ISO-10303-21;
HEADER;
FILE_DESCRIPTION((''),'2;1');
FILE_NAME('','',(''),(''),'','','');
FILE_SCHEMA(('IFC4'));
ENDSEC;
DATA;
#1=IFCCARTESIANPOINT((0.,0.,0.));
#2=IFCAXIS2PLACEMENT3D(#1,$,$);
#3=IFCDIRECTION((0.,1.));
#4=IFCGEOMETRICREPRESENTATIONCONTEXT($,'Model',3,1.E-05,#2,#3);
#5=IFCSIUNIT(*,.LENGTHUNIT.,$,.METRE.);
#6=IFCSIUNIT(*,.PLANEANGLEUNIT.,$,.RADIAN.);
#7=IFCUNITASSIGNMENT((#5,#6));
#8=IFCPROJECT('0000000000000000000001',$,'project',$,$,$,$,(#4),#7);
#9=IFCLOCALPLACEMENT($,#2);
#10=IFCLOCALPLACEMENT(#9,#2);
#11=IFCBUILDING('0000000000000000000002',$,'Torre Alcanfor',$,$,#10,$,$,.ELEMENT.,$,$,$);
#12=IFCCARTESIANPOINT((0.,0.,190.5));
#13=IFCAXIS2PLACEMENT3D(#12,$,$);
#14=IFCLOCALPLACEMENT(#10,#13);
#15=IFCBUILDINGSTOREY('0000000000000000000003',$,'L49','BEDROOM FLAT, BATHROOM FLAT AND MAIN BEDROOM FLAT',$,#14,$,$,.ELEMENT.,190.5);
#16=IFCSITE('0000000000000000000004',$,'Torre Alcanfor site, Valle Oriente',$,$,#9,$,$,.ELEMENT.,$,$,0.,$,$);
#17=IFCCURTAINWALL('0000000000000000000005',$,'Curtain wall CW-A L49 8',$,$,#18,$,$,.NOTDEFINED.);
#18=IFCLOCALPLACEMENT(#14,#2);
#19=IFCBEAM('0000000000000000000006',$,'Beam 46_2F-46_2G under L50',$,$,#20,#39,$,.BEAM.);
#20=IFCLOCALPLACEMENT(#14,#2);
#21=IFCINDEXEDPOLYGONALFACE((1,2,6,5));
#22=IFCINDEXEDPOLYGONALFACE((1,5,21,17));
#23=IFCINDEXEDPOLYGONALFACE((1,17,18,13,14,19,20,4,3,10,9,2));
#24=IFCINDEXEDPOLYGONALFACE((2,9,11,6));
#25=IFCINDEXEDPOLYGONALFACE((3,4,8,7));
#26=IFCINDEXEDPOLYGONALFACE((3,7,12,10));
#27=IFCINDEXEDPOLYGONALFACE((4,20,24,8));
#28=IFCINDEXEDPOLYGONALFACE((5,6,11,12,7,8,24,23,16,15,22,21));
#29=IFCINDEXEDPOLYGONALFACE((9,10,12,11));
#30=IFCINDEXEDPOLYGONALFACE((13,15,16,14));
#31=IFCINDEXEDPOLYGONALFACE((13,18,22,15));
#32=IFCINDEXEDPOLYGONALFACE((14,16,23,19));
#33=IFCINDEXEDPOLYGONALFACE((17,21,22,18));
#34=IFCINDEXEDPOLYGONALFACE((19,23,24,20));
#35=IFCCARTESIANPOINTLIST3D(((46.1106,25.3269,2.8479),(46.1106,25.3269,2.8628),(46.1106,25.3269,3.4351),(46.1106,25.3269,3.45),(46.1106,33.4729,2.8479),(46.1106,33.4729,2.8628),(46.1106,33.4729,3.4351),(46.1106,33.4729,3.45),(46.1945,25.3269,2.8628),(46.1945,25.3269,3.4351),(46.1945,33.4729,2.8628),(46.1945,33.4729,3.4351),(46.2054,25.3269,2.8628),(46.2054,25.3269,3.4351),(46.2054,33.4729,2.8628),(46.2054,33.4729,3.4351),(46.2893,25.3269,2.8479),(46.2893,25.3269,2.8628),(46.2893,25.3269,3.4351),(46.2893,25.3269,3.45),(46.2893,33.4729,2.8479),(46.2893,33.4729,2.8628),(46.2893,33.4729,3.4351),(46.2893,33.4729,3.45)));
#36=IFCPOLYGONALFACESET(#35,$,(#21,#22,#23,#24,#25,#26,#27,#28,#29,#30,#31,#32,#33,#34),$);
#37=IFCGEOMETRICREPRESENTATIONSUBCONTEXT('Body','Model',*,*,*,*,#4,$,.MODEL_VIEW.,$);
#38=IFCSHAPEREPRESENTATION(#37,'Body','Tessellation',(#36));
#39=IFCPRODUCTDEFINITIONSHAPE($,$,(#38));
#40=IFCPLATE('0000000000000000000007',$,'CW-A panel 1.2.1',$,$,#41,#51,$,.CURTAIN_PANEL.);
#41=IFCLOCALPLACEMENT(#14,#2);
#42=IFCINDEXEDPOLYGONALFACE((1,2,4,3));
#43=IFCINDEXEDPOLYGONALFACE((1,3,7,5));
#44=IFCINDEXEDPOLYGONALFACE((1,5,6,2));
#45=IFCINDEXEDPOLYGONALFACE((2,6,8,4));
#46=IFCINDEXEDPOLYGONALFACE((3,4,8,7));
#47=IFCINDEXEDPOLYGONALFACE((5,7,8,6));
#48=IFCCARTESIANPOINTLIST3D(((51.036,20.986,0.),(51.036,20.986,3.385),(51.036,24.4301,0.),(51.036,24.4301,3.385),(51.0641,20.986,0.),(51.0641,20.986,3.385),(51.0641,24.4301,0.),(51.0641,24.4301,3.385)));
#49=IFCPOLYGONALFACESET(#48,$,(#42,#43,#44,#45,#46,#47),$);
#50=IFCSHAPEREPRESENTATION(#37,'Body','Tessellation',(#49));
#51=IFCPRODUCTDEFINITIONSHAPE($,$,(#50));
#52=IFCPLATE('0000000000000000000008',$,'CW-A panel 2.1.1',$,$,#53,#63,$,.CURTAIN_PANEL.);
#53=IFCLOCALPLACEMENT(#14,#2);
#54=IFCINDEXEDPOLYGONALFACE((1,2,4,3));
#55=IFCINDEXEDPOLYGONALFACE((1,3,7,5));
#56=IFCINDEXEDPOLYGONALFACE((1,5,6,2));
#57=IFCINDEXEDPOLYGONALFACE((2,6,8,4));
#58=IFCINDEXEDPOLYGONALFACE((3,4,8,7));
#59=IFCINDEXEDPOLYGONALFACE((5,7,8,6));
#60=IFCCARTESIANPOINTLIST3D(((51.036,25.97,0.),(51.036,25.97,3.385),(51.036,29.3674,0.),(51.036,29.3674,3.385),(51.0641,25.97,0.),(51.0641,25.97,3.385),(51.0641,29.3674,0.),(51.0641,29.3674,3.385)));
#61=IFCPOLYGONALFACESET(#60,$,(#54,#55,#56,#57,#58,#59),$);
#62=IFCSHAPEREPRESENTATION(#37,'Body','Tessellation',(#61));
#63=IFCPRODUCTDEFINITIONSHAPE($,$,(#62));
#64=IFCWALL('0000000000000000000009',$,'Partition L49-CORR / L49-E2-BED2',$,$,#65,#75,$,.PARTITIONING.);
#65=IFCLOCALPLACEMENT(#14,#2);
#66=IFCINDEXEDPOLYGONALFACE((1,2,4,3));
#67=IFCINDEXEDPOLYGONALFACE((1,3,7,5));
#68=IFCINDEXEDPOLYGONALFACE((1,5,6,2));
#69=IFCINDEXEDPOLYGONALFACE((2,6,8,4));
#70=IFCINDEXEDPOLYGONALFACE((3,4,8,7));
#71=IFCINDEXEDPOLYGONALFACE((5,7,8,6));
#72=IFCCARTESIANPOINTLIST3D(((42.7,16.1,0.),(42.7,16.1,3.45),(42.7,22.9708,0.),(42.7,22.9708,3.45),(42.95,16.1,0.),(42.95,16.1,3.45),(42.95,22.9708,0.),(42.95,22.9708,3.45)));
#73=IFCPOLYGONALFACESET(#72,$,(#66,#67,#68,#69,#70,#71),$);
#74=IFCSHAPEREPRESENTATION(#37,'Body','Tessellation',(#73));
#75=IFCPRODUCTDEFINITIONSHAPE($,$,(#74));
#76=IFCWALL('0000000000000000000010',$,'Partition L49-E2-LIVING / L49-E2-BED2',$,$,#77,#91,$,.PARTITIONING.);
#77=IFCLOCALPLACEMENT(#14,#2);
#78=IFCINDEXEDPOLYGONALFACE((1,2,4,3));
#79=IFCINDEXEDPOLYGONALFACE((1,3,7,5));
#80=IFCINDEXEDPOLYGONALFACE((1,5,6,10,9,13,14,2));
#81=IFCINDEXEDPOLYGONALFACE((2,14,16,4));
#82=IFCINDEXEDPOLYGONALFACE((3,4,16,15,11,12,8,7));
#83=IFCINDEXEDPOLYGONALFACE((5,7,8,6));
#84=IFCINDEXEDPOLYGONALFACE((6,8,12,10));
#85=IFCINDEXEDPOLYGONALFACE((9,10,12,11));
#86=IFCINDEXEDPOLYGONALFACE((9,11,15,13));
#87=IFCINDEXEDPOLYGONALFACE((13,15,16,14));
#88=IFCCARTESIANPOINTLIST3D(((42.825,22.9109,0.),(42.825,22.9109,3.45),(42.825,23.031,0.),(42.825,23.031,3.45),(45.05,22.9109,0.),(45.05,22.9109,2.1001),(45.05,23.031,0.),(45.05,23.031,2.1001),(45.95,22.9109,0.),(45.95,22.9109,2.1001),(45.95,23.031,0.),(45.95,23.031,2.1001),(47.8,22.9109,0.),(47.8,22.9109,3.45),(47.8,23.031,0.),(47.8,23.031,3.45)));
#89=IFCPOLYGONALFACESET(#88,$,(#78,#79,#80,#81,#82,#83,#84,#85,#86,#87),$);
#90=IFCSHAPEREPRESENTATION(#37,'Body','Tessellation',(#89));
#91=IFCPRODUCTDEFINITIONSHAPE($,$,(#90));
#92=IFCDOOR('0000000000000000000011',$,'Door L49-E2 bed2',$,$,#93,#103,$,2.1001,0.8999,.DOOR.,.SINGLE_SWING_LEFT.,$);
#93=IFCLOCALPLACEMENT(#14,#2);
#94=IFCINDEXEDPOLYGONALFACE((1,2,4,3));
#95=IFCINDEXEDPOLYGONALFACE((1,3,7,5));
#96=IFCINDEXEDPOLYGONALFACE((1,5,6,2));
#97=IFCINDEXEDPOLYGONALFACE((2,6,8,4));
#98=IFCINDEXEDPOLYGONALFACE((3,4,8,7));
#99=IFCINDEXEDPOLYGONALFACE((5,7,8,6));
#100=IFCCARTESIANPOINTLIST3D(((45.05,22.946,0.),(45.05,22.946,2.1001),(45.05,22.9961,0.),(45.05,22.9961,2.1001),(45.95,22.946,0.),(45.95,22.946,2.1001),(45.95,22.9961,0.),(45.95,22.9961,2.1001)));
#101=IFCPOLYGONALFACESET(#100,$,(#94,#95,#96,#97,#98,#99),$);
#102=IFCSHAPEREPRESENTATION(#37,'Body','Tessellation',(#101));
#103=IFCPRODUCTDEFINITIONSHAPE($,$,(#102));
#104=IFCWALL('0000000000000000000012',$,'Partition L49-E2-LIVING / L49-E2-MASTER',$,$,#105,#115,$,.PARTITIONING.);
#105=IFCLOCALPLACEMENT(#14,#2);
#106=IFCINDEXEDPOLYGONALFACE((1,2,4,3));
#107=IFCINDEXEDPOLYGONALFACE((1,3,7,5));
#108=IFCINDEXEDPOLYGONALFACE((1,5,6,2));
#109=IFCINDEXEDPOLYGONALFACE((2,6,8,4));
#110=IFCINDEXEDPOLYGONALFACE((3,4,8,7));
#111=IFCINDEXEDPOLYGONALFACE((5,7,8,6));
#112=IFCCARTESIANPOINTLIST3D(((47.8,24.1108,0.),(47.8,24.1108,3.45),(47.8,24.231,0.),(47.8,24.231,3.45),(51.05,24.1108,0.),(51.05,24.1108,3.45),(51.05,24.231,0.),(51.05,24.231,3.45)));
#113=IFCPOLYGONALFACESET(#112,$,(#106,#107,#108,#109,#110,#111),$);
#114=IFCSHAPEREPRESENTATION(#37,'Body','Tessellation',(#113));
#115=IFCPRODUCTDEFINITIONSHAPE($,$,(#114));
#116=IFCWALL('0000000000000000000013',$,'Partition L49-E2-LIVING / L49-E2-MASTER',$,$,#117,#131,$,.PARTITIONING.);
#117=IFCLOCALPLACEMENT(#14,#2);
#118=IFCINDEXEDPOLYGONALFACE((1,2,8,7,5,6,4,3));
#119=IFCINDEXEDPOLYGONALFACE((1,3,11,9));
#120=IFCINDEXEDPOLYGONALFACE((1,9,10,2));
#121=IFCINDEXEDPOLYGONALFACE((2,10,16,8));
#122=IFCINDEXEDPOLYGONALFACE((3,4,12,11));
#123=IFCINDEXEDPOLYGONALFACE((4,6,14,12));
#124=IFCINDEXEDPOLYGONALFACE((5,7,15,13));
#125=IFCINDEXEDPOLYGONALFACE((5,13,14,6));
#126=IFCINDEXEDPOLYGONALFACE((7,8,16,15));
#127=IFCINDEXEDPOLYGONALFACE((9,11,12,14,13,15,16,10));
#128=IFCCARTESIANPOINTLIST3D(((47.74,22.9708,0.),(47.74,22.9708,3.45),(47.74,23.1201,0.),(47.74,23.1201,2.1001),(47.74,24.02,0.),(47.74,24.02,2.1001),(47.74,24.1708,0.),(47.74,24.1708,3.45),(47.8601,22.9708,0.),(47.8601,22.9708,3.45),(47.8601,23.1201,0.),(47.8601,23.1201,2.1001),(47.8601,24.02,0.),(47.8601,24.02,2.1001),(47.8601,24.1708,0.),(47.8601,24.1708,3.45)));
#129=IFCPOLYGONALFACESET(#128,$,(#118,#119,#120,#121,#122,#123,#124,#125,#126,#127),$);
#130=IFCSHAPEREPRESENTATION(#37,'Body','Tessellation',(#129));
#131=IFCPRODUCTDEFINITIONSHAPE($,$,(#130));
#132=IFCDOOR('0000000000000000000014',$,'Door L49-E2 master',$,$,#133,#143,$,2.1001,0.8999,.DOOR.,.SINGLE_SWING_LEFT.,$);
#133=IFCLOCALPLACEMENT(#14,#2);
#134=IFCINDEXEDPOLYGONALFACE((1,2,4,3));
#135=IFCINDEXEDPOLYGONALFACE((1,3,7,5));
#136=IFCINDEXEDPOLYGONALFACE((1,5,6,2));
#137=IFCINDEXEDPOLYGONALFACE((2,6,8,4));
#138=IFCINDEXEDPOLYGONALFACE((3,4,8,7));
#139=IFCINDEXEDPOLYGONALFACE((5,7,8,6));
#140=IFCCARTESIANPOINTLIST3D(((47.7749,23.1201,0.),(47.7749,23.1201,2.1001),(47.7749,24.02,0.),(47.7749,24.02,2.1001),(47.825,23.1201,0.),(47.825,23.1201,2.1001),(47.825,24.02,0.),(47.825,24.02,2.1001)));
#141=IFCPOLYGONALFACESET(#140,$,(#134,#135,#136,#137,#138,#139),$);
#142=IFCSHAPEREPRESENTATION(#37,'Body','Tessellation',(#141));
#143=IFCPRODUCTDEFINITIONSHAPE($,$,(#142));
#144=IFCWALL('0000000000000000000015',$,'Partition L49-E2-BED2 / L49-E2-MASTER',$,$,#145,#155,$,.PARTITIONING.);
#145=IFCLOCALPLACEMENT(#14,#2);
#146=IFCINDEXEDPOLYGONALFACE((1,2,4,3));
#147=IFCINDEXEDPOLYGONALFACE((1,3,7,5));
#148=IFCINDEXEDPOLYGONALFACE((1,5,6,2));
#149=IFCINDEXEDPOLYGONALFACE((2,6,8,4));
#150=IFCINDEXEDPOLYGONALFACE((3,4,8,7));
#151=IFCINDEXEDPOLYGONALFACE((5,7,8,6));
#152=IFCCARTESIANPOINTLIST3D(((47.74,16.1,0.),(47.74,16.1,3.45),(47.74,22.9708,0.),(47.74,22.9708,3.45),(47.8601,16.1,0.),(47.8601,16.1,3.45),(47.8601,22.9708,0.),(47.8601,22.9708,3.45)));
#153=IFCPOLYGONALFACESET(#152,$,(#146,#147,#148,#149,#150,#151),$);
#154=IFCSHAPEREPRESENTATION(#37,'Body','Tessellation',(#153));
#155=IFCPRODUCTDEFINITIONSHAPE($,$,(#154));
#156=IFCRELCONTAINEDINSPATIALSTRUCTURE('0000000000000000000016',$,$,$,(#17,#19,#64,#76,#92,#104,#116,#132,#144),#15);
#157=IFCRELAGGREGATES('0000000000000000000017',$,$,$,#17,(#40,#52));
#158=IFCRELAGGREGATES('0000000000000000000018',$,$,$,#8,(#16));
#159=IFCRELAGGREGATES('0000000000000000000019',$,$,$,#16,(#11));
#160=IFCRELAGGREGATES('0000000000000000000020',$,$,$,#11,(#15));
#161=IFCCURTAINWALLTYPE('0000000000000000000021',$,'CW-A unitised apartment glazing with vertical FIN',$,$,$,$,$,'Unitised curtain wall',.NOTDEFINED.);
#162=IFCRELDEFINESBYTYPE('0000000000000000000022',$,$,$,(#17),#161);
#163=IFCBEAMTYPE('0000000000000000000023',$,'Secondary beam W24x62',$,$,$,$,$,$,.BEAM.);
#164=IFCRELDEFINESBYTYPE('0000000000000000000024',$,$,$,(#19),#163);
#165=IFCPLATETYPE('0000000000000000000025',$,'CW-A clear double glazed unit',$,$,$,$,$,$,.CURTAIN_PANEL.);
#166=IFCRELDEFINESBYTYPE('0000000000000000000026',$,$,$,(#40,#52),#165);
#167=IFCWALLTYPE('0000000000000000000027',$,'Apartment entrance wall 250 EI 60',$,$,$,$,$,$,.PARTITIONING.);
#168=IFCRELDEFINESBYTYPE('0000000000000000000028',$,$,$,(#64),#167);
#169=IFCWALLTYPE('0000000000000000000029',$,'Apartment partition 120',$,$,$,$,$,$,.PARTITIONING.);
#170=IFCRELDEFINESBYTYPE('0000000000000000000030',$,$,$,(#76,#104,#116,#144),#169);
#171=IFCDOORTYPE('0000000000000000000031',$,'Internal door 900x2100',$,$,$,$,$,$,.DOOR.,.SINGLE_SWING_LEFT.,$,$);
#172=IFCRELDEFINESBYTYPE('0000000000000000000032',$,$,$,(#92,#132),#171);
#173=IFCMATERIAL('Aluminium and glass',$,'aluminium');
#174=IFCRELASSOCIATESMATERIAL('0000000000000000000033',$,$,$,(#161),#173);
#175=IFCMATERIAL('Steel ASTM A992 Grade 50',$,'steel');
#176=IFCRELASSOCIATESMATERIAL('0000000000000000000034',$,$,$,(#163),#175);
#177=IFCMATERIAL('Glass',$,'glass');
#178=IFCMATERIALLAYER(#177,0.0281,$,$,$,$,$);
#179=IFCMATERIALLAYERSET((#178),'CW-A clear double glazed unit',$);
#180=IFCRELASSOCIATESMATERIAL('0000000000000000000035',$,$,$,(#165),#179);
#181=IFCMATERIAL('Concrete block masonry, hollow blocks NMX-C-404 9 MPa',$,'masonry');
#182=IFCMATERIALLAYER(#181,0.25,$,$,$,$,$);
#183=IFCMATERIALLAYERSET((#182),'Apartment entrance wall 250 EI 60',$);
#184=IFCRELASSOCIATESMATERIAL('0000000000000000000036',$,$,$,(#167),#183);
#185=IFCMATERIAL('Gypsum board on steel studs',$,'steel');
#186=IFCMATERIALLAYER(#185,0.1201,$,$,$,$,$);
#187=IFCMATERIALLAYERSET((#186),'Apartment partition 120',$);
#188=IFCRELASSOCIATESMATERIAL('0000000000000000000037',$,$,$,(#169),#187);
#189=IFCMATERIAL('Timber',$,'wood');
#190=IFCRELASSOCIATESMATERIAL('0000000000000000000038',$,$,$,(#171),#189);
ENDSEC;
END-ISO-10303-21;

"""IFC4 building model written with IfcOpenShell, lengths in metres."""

from ifc_helpers import new_model, si_unit, direction, frame, frame_2d, origin, origin_2d, place, context, subcontext, project, spatial, rectangle, i_section, extrude, material, layer, layer_set, material_profile, profile_set, type_object, element, fill, aggregate, save


model = new_model("IFC4")

# Units and contexts
model_context = context("Model", 3, precision=1e-05, world=origin(), true_north=direction((0.0, 1.0)))
body_context = subcontext(model_context, "Body", "Model", "MODEL_VIEW")
ifc_project = project(units=[si_unit("LENGTHUNIT", "METRE"), si_unit("PLANEANGLEUNIT", "RADIAN")], contexts=[model_context])

# Site, building, storey
site_placement = place(None, origin())
site = spatial("IfcSite", under=ifc_project, at=site_placement, Name="Torre Alcanfor site, Valle Oriente", CompositionType="ELEMENT", RefElevation=0.0)
building_placement = place(site_placement, origin())
building = spatial("IfcBuilding", under=site, at=building_placement, Name="Torre Alcanfor", CompositionType="ELEMENT")
storey_placement = place(building_placement, frame((0.0, 0.0, 190.5)))
storey = spatial("IfcBuildingStorey", under=building, at=storey_placement, Name="L49", Description="BEDROOM FLAT, BATHROOM FLAT AND MAIN BEDROOM FLAT", CompositionType="ELEMENT", Elevation=190.5)

# Curtain wall
ifc_material_1 = material(Name="Aluminium and glass", Category="aluminium")
curtain_wall_type = type_object("IfcCurtainWallType", Name="CW-A unitised apartment glazing with vertical FIN", ElementType="Unitised curtain wall", PredefinedType="NOTDEFINED", material=ifc_material_1)
curtain_wall_placement = place(storey_placement, origin())
curtain_wall = element("IfcCurtainWall", 1, at=curtain_wall_placement, inside=storey, type_object=curtain_wall_type, Name="Curtain wall CW-A L49 8", PredefinedType="NOTDEFINED")

# Beam
ifc_material_2 = material(Name="Steel ASTM A992 Grade 50", Category="steel")
ifc_material_profile_1 = material_profile(ifc_material_2, i_section(OverallWidth=0.1787, OverallDepth=0.6021, WebThickness=0.011, FlangeThickness=0.0149, at=origin_2d()), Name="W24x62")
ifc_profile_set_1 = profile_set([ifc_material_profile_1], Name="Steel ASTM A992 Grade 50")
beam_type_1 = type_object("IfcBeamType", Name="Secondary beam W24x62", PredefinedType="BEAM", material=ifc_profile_set_1)
beam_1_placement = place(storey_placement, frame((46.2, 25.3269, 3.1489), z_axis=(0.0, 1.0, 0.0), x_axis=(-1.0, 0.0, 0.0)))
element("IfcBeam", 2, at=beam_1_placement, inside=storey, type_object=beam_type_1, Name="Beam 46_2F-46_2G under L50", PredefinedType="BEAM", context=body_context, shape_type="SweptSolid", body=[
    extrude(i_section(OverallWidth=0.1787, OverallDepth=0.6021, WebThickness=0.011, FlangeThickness=0.0149, at=origin_2d()), origin(), (0.0, 0.0, 1.0), 8.146),
])

# Plates
ifc_material_3 = material(Name="Glass", Category="glass")
ifc_layer_1 = layer(ifc_material_3, 0.0281)
ifc_layer_set_1 = layer_set([ifc_layer_1], Name="CW-A clear double glazed unit")
plate_type = type_object("IfcPlateType", Name="CW-A clear double glazed unit", PredefinedType="CURTAIN_PANEL", material=ifc_layer_set_1)
plate_1_placement = place(storey_placement, frame((51.05, 22.708, 0.0), z_axis=(0.0, 0.0, 1.0), x_axis=(0.0, 1.0, 0.0)))
plate_1 = element("IfcPlate", 3, at=plate_1_placement, type_object=plate_type, Name="CW-A panel 1.2.1", PredefinedType="CURTAIN_PANEL", context=body_context, shape_type="SweptSolid", body=[
    extrude(rectangle(XDim=3.4441, YDim=0.0281, at=origin_2d()), origin(), (0.0, 0.0, 1.0), 3.385),
])
plate_2_placement = place(storey_placement, frame((51.05, 27.6687, 0.0), z_axis=(0.0, 0.0, 1.0), x_axis=(0.0, 1.0, 0.0)))
plate_2 = element("IfcPlate", 4, at=plate_2_placement, type_object=plate_type, Name="CW-A panel 2.1.1", PredefinedType="CURTAIN_PANEL", context=body_context, shape_type="SweptSolid", body=[
    extrude(rectangle(XDim=3.3975, YDim=0.0281, at=origin_2d()), origin(), (0.0, 0.0, 1.0), 3.385),
])
aggregate(curtain_wall, [plate_1, plate_2])

# Wall
ifc_material_4 = material(Name="Concrete block masonry, hollow blocks NMX-C-404 9 MPa", Category="masonry")
ifc_layer_2 = layer(ifc_material_4, 0.25)
ifc_layer_set_2 = layer_set([ifc_layer_2], Name="Apartment entrance wall 250 EI 60")
wall_type_1 = type_object("IfcWallType", Name="Apartment entrance wall 250 EI 60", PredefinedType="PARTITIONING", material=ifc_layer_set_2)
wall_1_placement = place(storey_placement, frame((42.825, 22.9709, 0.0), z_axis=(0.0, 0.0, 1.0), x_axis=(0.0, -1.0, 0.0)))
element("IfcWall", 5, at=wall_1_placement, inside=storey, type_object=wall_type_1, Name="Partition L49-CORR / L49-E2-BED2", PredefinedType="PARTITIONING", context=body_context, shape_type="SweptSolid", body=[
    extrude(rectangle(XDim=6.8708, YDim=0.25, at=frame_2d((3.4355, 0.0))), origin(), (0.0, 0.0, 1.0), 3.45),
])

# Wall, opening, door
ifc_material_5 = material(Name="Gypsum board on steel studs", Category="steel")
ifc_layer_3 = layer(ifc_material_5, 0.1201)
ifc_layer_set_3 = layer_set([ifc_layer_3], Name="Apartment partition 120")
wall_type_2 = type_object("IfcWallType", Name="Apartment partition 120", PredefinedType="PARTITIONING", material=ifc_layer_set_3)
wall_2_placement = place(storey_placement, frame((47.8, 22.9709, 0.0), z_axis=(0.0, 0.0, 1.0), x_axis=(-1.0, 0.0, 0.0)))
wall_2 = element("IfcWall", 6, at=wall_2_placement, inside=storey, type_object=wall_type_2, Name="Partition L49-E2-LIVING / L49-E2-BED2", PredefinedType="PARTITIONING", context=body_context, shape_type="SweptSolid", body=[
    extrude(rectangle(XDim=4.9751, YDim=0.1201, at=frame_2d((2.4875, 0.0))), origin(), (0.0, 0.0, 1.0), 3.45),
])
opening_1_placement = place(wall_2_placement, frame((1.8501, 0.0, 0.0)))
opening_1 = element("IfcOpeningElement", 7, at=opening_1_placement, cuts=wall_2, PredefinedType="OPENING", context=body_context, shape_type="SweptSolid", body=[
    extrude(rectangle(XDim=0.8999, YDim=2.1001, at=frame_2d((0.45, 1.05))), frame((0.0, 0.0701, 0.0), z_axis=(0.0, -1.0, 0.0), x_axis=(1.0, 0.0, 0.0)), (0.0, 0.0, 1.0), 0.1401),
])
ifc_material_6 = material(Name="Timber", Category="wood")
door_type_1 = type_object("IfcDoorType", Name="Internal door 900x2100", OperationType="SINGLE_SWING_LEFT", PredefinedType="DOOR", material=ifc_material_6)
door_1_placement = place(opening_1_placement, origin())
door_1 = element("IfcDoor", 8, at=door_1_placement, inside=storey, type_object=door_type_1, Name="Door L49-E2 bed2", OperationType="SINGLE_SWING_LEFT", OverallHeight=2.1001, OverallWidth=0.8999, PredefinedType="DOOR", context=body_context, shape_type="SweptSolid", body=[
    extrude(rectangle(XDim=0.8999, YDim=2.1001, at=frame_2d((0.45, 1.05))), frame((0.0, 0.0249, 0.0), z_axis=(0.0, -1.0, 0.0), x_axis=(1.0, 0.0, 0.0)), (0.0, 0.0, 1.0), 0.05),
])
fill(opening_1, door_1)

# Wall
wall_3_placement = place(storey_placement, frame((51.05, 24.1709, 0.0), z_axis=(0.0, 0.0, 1.0), x_axis=(-1.0, 0.0, 0.0)))
element("IfcWall", 9, at=wall_3_placement, inside=storey, type_object=wall_type_2, Name="Partition L49-E2-LIVING / L49-E2-MASTER", PredefinedType="PARTITIONING", context=body_context, shape_type="SweptSolid", body=[
    extrude(rectangle(XDim=3.25, YDim=0.1201, at=frame_2d((1.625, 0.0))), origin(), (0.0, 0.0, 1.0), 3.45),
])

# Wall, opening, door
wall_4_placement = place(storey_placement, frame((47.8, 24.1709, 0.0), z_axis=(0.0, 0.0, 1.0), x_axis=(0.0, -1.0, 0.0)))
wall_4 = element("IfcWall", 10, at=wall_4_placement, inside=storey, type_object=wall_type_2, Name="Partition L49-E2-LIVING / L49-E2-MASTER", PredefinedType="PARTITIONING", context=body_context, shape_type="SweptSolid", body=[
    extrude(rectangle(XDim=1.2, YDim=0.1201, at=frame_2d((0.6001, 0.0))), origin(), (0.0, 0.0, 1.0), 3.45),
])
opening_2_placement = place(wall_4_placement, frame((0.1509, 0.0, 0.0)))
opening_2 = element("IfcOpeningElement", 11, at=opening_2_placement, cuts=wall_4, PredefinedType="OPENING", context=body_context, shape_type="SweptSolid", body=[
    extrude(rectangle(XDim=0.8999, YDim=2.1001, at=frame_2d((0.45, 1.05))), frame((0.0, 0.0701, 0.0), z_axis=(0.0, -1.0, 0.0), x_axis=(1.0, 0.0, 0.0)), (0.0, 0.0, 1.0), 0.1401),
])
door_2_placement = place(opening_2_placement, origin())
door_2 = element("IfcDoor", 12, at=door_2_placement, inside=storey, type_object=door_type_1, Name="Door L49-E2 master", OperationType="SINGLE_SWING_LEFT", OverallHeight=2.1001, OverallWidth=0.8999, PredefinedType="DOOR", context=body_context, shape_type="SweptSolid", body=[
    extrude(rectangle(XDim=0.8999, YDim=2.1001, at=frame_2d((0.45, 1.05))), frame((0.0, 0.0249, 0.0), z_axis=(0.0, -1.0, 0.0), x_axis=(1.0, 0.0, 0.0)), (0.0, 0.0, 1.0), 0.05),
])
fill(opening_2, door_2)

# Wall
wall_5_placement = place(storey_placement, frame((47.8, 22.9709, 0.0), z_axis=(0.0, 0.0, 1.0), x_axis=(0.0, -1.0, 0.0)))
element("IfcWall", 13, at=wall_5_placement, inside=storey, type_object=wall_type_2, Name="Partition L49-E2-BED2 / L49-E2-MASTER", PredefinedType="PARTITIONING", context=body_context, shape_type="SweptSolid", body=[
    extrude(rectangle(XDim=6.8708, YDim=0.1201, at=frame_2d((3.4355, 0.0))), origin(), (0.0, 0.0, 1.0), 3.45),
])

save(model, "model.ifc")
